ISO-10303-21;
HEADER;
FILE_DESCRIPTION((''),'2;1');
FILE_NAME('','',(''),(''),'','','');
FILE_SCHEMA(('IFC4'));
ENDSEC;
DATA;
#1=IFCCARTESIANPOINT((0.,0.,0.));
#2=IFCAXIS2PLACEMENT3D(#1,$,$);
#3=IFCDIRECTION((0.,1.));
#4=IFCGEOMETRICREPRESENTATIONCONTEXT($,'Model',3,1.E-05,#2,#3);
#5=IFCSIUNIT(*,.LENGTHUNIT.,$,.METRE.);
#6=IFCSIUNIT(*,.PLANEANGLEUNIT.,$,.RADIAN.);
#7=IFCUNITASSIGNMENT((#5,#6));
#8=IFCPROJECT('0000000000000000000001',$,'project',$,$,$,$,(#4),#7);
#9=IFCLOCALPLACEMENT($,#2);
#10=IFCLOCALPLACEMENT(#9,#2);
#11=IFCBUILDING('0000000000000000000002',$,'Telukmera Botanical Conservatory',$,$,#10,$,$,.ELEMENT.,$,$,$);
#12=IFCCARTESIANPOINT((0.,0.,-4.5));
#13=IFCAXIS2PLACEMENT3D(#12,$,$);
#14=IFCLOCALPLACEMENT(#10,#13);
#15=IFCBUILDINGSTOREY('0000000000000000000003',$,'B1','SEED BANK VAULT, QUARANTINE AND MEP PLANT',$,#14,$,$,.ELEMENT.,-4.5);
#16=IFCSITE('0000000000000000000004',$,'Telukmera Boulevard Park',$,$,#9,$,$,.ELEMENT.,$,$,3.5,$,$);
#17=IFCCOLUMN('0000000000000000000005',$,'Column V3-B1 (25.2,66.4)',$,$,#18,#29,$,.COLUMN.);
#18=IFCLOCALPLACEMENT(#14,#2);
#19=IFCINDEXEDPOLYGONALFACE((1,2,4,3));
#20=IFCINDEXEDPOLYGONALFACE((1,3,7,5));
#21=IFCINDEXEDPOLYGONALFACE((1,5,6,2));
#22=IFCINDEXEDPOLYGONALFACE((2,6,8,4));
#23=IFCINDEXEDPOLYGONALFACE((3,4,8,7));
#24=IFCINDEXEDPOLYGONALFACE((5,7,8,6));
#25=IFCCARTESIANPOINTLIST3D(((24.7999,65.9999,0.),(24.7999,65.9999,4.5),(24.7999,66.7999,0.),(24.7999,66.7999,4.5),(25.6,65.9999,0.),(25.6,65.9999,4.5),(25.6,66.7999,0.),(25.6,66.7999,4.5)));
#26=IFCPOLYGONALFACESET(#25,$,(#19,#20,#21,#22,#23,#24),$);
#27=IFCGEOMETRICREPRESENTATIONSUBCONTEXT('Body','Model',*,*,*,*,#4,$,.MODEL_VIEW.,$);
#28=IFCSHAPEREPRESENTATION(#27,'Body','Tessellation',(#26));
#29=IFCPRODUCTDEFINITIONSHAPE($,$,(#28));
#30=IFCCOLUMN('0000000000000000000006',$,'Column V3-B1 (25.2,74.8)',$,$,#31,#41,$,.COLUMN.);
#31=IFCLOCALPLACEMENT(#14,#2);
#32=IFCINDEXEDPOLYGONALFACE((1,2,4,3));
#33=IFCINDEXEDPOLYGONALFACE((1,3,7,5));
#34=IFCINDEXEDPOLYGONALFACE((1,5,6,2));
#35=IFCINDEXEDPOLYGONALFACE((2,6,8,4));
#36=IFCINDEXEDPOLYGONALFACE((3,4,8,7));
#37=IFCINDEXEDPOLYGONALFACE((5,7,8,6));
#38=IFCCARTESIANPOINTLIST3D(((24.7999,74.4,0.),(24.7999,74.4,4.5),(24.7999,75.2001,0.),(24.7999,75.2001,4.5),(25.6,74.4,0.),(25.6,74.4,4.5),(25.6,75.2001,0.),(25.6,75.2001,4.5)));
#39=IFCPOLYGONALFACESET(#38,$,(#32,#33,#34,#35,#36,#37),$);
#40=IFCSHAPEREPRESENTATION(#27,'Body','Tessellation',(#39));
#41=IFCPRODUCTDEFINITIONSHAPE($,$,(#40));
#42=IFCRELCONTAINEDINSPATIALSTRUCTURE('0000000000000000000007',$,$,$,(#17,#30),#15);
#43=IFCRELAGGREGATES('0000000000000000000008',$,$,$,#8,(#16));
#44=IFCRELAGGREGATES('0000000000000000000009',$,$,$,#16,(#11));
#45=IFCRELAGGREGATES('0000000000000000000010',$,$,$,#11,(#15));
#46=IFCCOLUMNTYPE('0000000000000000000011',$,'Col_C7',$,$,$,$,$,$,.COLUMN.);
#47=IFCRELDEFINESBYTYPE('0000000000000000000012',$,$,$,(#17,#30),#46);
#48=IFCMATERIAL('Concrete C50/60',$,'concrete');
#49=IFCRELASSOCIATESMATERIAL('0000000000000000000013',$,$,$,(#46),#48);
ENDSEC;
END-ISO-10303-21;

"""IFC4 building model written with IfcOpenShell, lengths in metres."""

from ifc_helpers import new_model, si_unit, direction, frame, origin, origin_2d, place, context, subcontext, project, spatial, rectangle, extrude, material, material_profile, profile_set, type_object, element, save


model = new_model("IFC4")

# Units and contexts
model_context = context("Model", 3, precision=1e-05, world=origin(), true_north=direction((0.0, 1.0)))
body_context = subcontext(model_context, "Body", "Model", "MODEL_VIEW")
ifc_project = project(units=[si_unit("LENGTHUNIT", "METRE"), si_unit("PLANEANGLEUNIT", "RADIAN")], contexts=[model_context])

# Site, building, storey
site_placement = place(None, origin())
site = spatial("IfcSite", under=ifc_project, at=site_placement, Name="Telukmera Boulevard Park", CompositionType="ELEMENT", RefElevation=3.5)
building_placement = place(site_placement, origin())
building = spatial("IfcBuilding", under=site, at=building_placement, Name="Telukmera Botanical Conservatory", CompositionType="ELEMENT")
storey_placement = place(building_placement, frame((0.0, 0.0, -4.5)))
storey = spatial("IfcBuildingStorey", under=building, at=storey_placement, Name="B1", Description="SEED BANK VAULT, QUARANTINE AND MEP PLANT", CompositionType="ELEMENT", Elevation=-4.5)

# Shared definitions
ifc_material_1 = material(Name="Concrete C50/60", Category="concrete")

# Columns
ifc_material_profile_1 = material_profile(ifc_material_1, rectangle(XDim=0.8, YDim=0.8, at=origin_2d()), Name="RC 800x800")
ifc_profile_set_1 = profile_set([ifc_material_profile_1], Name="Concrete C50/60")
column_type = type_object("IfcColumnType", Name="Col_C7", PredefinedType="COLUMN", material=ifc_profile_set_1)
for number, where, z_axis, x_axis, name in (
    (1, (25.2, 66.3999, 0.0), (0.0, 0.0, 1.0), (1.0, 0.0, 0.0), "Column V3-B1 (25.2,66.4)"),
    (2, (25.2, 74.8, 0.0), (0.0, 0.0, 1.0), (1.0, 0.0, 0.0), "Column V3-B1 (25.2,74.8)"),
):
    element("IfcColumn", number, at=place(storey_placement, frame(where, z_axis=z_axis, x_axis=x_axis)), inside=storey, type_object=column_type, Name=name, PredefinedType="COLUMN", context=body_context, shape_type="SweptSolid", body=[
        extrude(rectangle(XDim=0.8, YDim=0.8, at=origin_2d()), origin(), (0.0, 0.0, 1.0), 4.5),
    ])

save(model, "model.ifc")
